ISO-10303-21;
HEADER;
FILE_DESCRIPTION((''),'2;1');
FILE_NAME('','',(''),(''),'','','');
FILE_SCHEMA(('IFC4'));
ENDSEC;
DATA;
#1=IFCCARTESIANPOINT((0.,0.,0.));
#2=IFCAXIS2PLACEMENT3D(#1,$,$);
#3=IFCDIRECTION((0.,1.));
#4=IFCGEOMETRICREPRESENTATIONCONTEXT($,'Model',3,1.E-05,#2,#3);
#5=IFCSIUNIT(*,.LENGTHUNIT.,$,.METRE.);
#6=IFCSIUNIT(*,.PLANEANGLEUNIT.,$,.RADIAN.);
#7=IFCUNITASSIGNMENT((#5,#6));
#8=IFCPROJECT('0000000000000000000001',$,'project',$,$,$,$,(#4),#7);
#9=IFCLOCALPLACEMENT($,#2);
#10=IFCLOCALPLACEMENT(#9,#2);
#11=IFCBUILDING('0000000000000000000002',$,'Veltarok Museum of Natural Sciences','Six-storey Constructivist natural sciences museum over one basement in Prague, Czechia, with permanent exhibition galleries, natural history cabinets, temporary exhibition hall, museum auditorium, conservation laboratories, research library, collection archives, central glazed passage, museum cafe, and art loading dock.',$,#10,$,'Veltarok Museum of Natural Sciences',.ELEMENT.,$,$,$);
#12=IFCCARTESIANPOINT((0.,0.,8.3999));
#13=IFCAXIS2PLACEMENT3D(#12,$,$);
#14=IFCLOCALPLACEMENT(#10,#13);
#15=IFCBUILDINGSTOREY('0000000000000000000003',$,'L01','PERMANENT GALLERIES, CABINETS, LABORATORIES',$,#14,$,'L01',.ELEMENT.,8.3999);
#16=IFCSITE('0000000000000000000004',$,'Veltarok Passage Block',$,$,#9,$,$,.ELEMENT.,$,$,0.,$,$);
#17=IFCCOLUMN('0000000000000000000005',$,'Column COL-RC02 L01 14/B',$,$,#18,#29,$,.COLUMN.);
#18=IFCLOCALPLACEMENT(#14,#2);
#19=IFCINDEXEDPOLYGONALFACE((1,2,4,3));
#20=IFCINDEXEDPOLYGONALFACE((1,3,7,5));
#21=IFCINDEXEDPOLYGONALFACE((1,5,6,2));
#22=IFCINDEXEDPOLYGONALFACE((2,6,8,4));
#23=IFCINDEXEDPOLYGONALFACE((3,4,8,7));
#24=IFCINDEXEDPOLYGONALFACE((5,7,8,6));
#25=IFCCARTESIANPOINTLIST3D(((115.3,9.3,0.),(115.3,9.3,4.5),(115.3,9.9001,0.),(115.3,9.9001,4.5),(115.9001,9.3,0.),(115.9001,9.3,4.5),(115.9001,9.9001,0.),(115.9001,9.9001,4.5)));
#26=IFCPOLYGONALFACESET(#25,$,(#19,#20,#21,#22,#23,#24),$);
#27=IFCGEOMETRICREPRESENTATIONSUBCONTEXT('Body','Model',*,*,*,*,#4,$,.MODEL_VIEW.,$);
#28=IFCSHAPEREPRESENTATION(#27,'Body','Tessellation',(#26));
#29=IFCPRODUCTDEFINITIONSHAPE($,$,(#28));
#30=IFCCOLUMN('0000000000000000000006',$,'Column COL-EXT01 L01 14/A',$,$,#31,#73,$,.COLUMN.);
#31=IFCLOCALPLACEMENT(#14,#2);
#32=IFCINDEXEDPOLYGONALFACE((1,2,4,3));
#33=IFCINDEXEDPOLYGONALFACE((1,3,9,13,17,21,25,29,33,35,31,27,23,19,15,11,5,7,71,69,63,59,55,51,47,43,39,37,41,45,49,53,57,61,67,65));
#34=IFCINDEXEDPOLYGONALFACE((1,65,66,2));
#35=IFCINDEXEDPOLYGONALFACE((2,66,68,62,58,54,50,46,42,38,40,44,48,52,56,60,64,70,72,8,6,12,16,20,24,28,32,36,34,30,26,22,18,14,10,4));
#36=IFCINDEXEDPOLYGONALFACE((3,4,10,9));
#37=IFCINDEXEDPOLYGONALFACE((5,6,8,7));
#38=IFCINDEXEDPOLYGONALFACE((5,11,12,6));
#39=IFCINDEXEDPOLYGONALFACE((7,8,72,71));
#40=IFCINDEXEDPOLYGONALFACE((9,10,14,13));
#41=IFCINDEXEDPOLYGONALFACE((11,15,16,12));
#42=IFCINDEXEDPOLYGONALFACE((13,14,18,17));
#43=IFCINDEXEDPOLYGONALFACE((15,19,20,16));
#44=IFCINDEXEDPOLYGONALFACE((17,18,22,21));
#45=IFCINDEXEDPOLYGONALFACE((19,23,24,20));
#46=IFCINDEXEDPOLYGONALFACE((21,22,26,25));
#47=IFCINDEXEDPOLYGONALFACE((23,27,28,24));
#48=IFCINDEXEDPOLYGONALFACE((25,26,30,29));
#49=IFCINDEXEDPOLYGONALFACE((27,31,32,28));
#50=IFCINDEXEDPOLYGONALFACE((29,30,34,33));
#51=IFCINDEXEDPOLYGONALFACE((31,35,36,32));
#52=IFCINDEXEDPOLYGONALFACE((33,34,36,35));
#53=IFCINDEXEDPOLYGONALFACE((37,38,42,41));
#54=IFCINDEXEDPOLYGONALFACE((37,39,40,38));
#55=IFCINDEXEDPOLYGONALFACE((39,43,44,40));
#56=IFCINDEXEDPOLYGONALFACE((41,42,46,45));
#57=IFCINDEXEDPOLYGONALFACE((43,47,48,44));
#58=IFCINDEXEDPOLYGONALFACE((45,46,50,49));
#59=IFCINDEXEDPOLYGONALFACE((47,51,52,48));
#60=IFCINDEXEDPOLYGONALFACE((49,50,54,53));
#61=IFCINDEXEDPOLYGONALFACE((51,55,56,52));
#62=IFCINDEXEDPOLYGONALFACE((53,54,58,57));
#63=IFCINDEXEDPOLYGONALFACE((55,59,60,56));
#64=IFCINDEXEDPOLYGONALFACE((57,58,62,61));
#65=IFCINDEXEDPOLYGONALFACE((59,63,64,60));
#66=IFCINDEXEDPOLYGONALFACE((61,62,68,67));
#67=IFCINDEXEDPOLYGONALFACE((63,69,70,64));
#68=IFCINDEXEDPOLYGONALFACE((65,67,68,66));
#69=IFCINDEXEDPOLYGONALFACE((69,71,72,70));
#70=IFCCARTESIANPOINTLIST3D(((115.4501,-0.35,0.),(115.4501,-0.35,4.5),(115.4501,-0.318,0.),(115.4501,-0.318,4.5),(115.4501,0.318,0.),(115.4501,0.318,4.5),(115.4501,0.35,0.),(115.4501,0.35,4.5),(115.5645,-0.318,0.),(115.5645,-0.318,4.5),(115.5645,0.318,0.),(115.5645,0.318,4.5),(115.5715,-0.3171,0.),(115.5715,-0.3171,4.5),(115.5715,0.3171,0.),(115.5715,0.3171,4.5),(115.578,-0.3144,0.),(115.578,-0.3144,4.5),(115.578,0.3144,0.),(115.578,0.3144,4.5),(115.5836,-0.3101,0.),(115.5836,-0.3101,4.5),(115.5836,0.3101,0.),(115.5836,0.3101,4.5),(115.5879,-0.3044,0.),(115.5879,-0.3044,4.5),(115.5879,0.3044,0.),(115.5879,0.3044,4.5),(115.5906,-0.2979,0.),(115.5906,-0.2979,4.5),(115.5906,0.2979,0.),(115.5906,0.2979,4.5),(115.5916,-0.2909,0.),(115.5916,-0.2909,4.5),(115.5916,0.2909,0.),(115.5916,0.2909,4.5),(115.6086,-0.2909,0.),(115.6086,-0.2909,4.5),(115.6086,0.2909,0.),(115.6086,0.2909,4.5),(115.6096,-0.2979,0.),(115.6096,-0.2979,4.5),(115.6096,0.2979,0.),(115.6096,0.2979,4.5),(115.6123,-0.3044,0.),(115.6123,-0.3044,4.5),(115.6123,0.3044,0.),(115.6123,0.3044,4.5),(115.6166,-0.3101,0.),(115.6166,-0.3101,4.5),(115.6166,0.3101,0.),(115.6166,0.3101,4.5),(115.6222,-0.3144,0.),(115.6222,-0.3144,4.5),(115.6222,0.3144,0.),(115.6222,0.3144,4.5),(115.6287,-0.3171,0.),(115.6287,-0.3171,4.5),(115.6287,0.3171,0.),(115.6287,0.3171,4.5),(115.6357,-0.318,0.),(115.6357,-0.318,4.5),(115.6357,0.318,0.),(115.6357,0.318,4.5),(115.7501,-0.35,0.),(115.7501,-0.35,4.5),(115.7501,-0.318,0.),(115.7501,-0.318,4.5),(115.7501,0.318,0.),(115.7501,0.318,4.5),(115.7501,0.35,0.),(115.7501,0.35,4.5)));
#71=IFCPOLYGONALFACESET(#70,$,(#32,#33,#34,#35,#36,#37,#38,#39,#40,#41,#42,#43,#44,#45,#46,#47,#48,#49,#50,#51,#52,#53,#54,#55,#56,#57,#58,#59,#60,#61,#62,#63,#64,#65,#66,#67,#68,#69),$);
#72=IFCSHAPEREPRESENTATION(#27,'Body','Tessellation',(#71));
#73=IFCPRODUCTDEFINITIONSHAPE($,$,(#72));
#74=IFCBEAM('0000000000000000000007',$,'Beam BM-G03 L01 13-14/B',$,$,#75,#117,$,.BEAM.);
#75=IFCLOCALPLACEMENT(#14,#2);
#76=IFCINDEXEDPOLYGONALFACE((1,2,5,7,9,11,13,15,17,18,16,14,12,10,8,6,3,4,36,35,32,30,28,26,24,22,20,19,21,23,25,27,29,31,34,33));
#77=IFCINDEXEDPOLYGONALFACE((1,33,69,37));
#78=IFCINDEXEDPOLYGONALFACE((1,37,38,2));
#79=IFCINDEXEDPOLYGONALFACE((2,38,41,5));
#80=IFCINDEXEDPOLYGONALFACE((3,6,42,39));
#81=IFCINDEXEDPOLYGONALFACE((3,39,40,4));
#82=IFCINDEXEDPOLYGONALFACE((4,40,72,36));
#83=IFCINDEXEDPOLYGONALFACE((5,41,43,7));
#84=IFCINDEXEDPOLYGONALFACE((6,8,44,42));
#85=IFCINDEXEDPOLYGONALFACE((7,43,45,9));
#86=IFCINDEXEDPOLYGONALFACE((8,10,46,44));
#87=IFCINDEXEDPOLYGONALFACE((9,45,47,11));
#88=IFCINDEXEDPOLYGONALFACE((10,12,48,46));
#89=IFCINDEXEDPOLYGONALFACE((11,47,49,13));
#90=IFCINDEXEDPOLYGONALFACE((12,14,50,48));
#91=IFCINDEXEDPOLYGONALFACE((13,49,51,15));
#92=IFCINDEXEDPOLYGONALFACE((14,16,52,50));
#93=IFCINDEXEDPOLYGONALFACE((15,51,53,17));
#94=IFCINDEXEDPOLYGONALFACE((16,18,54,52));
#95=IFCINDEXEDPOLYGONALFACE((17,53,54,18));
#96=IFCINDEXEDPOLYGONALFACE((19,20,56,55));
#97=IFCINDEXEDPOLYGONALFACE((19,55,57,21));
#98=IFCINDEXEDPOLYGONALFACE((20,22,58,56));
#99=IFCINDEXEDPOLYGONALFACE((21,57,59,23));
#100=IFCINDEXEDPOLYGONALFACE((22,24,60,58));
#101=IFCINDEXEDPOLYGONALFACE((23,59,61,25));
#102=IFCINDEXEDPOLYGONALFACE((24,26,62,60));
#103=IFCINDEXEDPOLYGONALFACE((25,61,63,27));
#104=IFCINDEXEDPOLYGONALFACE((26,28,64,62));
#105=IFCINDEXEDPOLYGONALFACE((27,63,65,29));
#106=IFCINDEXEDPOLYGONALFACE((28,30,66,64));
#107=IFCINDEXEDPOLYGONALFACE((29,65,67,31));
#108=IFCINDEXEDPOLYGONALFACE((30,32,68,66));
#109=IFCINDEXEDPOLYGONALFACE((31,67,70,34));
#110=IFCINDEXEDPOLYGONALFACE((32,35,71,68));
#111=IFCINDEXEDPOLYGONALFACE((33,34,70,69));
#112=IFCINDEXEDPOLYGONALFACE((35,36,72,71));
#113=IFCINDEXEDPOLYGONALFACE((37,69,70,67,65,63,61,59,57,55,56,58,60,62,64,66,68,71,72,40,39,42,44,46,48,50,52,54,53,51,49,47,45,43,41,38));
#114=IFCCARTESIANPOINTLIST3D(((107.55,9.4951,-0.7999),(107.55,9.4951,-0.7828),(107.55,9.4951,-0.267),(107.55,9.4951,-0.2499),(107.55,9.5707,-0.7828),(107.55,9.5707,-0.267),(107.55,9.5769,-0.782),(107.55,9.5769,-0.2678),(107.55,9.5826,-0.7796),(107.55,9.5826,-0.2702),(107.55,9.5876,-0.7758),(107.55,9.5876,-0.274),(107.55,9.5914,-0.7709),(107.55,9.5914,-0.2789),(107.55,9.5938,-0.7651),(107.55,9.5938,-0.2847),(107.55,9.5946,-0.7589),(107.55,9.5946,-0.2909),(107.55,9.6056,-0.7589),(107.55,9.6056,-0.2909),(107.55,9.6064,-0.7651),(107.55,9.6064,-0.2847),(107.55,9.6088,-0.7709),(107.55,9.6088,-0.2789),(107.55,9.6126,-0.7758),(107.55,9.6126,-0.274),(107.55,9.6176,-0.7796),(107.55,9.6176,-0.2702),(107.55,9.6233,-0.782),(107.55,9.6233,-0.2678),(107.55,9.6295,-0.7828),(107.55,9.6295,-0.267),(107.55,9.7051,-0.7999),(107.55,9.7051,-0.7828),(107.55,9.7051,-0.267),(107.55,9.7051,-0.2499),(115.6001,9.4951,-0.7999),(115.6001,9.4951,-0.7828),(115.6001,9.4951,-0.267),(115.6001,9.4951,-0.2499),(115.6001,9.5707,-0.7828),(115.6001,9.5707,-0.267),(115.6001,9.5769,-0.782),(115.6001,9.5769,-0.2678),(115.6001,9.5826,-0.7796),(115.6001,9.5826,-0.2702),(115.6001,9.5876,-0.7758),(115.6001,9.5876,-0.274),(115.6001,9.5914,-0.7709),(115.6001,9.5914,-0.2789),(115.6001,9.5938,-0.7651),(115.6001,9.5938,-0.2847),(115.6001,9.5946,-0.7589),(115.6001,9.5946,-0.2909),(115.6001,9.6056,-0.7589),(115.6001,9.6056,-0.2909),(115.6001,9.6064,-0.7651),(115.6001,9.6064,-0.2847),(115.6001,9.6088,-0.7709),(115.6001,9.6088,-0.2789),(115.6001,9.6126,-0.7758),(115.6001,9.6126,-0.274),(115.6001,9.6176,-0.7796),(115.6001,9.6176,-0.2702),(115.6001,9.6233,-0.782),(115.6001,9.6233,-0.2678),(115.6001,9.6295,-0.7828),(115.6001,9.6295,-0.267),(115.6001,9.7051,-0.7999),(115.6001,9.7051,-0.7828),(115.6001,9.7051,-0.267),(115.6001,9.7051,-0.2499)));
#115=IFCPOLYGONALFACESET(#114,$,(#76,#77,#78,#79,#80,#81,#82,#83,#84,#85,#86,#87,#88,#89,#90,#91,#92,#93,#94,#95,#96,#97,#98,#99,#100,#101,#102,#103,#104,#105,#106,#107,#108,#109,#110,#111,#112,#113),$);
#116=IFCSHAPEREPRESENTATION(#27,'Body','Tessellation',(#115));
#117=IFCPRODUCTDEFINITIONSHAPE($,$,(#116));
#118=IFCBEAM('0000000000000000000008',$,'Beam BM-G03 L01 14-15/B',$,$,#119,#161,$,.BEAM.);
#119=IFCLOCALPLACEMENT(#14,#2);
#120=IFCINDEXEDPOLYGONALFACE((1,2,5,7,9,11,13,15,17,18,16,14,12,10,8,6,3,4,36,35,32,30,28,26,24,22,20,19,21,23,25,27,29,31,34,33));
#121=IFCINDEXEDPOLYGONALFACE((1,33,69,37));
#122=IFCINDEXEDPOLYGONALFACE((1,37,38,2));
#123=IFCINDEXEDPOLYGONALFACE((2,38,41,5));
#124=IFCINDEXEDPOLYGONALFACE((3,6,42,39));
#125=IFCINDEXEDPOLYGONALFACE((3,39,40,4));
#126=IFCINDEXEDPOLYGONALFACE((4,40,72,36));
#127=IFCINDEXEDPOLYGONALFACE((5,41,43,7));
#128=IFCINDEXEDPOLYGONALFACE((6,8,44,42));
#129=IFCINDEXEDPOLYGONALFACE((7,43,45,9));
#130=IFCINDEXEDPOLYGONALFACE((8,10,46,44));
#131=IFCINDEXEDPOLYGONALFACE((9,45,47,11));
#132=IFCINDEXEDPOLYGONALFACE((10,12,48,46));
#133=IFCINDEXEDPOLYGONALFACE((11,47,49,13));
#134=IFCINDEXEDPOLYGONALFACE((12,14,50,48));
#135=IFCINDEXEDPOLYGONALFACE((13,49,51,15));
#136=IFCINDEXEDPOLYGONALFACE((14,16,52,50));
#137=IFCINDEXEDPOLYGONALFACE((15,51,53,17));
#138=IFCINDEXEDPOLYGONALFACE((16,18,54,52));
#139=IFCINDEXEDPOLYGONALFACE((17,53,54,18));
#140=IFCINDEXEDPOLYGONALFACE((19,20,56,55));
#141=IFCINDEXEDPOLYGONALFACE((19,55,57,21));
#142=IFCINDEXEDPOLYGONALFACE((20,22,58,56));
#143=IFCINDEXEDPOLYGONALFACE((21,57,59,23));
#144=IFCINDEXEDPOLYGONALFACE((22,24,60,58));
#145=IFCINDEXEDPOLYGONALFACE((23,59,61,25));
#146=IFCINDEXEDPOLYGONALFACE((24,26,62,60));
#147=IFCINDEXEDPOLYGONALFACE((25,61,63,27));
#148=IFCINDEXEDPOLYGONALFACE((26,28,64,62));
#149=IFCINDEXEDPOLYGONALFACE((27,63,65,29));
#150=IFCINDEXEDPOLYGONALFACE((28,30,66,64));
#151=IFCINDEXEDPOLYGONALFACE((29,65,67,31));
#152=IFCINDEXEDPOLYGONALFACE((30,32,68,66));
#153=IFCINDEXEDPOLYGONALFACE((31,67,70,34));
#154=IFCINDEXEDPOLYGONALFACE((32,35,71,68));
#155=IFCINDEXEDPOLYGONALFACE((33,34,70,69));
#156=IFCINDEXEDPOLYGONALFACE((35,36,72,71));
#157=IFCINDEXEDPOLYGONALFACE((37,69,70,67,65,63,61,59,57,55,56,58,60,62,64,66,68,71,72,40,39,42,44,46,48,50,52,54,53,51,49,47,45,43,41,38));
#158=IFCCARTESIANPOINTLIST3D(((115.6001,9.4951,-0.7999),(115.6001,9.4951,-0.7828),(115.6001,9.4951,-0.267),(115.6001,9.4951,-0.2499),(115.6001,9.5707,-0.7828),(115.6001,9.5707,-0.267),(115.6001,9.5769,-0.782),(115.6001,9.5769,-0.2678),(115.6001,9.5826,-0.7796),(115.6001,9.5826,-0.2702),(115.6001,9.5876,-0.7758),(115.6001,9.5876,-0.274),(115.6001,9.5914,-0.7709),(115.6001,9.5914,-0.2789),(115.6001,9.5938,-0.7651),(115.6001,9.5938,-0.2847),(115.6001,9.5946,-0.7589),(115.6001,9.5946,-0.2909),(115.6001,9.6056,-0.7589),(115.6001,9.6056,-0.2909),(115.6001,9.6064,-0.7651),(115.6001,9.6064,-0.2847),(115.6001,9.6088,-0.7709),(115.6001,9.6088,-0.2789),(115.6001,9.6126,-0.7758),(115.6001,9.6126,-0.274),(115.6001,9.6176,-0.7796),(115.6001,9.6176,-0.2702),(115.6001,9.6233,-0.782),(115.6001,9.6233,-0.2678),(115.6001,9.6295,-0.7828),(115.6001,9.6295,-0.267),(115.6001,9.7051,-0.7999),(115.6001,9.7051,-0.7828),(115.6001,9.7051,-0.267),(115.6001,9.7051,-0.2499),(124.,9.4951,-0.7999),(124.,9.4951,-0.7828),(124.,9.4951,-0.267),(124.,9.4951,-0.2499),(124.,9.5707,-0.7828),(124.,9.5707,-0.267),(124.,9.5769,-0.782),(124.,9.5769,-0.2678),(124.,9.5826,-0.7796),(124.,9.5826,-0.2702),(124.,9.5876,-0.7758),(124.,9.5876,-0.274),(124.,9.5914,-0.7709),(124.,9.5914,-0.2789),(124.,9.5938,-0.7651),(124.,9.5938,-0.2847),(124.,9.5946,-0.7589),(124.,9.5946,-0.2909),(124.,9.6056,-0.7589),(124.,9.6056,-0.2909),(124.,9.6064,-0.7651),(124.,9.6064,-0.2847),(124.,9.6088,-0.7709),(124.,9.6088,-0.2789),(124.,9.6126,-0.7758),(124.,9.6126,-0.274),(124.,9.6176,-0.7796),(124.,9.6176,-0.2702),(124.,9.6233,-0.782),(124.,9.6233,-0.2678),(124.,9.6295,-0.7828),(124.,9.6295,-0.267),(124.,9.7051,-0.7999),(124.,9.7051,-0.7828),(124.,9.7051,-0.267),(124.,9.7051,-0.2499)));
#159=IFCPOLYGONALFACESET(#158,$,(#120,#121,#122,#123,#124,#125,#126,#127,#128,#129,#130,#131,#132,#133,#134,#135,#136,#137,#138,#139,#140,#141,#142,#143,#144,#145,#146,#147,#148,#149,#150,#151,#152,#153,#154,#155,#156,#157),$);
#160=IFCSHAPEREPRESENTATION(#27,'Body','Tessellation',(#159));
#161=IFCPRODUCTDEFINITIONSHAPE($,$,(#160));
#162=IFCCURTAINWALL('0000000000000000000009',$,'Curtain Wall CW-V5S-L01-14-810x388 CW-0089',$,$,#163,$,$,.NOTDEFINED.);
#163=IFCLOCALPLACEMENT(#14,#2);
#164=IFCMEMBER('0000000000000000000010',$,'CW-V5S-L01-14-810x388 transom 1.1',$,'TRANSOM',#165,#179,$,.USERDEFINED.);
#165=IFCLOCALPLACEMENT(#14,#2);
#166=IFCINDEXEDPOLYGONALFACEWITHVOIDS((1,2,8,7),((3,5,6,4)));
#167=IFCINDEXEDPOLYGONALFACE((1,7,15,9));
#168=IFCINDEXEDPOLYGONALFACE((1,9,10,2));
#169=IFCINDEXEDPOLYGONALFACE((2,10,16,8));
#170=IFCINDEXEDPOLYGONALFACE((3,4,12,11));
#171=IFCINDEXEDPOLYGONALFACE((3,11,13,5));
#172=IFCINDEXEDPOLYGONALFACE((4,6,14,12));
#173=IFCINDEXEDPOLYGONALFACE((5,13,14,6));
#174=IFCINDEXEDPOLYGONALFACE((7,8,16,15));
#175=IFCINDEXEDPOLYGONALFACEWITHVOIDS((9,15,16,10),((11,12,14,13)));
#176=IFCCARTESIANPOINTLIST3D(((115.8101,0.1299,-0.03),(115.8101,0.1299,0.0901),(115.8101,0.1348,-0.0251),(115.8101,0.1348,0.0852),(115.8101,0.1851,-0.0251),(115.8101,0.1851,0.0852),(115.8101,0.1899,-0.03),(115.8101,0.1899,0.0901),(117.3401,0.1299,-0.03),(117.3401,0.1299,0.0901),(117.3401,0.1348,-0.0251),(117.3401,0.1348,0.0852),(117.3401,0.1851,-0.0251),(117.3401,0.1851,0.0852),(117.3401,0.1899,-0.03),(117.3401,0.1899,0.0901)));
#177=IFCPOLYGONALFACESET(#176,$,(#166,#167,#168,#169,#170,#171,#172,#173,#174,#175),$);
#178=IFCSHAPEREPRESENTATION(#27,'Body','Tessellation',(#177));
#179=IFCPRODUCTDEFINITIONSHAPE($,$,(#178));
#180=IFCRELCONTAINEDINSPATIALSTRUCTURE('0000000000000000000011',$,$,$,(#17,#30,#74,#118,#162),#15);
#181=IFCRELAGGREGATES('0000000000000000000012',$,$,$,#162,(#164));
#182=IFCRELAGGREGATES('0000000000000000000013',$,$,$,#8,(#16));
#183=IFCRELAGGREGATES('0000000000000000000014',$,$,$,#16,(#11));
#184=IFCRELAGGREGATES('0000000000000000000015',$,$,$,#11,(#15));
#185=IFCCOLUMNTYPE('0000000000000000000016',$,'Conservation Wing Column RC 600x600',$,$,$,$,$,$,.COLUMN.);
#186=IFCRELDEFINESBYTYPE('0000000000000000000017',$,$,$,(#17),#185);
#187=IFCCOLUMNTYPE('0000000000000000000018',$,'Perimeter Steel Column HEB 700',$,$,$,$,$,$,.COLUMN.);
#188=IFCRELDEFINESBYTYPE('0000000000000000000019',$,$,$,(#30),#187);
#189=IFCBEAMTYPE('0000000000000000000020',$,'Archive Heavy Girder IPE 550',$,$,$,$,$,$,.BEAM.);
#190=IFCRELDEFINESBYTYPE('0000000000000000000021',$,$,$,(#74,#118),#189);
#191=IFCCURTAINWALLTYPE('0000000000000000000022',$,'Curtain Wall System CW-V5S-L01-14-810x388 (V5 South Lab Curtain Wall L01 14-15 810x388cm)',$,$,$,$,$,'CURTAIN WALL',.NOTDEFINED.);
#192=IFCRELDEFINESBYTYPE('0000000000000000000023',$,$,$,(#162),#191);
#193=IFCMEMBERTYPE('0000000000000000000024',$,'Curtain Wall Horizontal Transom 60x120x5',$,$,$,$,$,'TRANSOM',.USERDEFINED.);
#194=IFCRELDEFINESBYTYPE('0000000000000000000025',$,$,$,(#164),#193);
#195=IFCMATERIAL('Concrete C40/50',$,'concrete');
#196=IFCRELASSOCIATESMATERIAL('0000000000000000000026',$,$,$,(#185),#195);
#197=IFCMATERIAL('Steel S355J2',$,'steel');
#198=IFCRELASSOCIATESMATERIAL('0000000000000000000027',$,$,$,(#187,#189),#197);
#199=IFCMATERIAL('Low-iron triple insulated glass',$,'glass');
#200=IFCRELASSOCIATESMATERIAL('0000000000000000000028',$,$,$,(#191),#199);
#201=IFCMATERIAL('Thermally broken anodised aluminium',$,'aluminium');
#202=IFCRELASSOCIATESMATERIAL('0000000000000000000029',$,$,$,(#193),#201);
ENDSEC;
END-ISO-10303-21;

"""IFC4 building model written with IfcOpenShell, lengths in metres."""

from ifc_helpers import new_model, si_unit, direction, frame, origin, origin_2d, place, context, subcontext, project, spatial, rectangle, hollow_rectangle, i_section, extrude, material, material_profile, profile_set, type_object, element, aggregate, save


model = new_model("IFC4")

# Units and contexts
model_context = context("Model", 3, precision=1e-05, world=origin(), true_north=direction((0.0, 1.0)))
body_context = subcontext(model_context, "Body", "Model", "MODEL_VIEW")
ifc_project = project(units=[si_unit("LENGTHUNIT", "METRE"), si_unit("PLANEANGLEUNIT", "RADIAN")], contexts=[model_context])

# Site, building, storey
site_placement = place(None, origin())
site = spatial("IfcSite", under=ifc_project, at=site_placement, Name="Veltarok Passage Block", CompositionType="ELEMENT", RefElevation=0.0)
building_placement = place(site_placement, origin())
building = spatial("IfcBuilding", under=site, at=building_placement, Name="Veltarok Museum of Natural Sciences", Description="Six-storey Constructivist natural sciences museum over one basement in Prague, Czechia, with permanent exhibition galleries, natural history cabinets, temporary exhibition hall, museum auditorium, conservation laboratories, research library, collection archives, central glazed passage, museum cafe, and art loading dock.", LongName="Veltarok Museum of Natural Sciences", CompositionType="ELEMENT")
storey_placement = place(building_placement, frame((0.0, 0.0, 8.3999)))
storey = spatial("IfcBuildingStorey", under=building, at=storey_placement, Name="L01", Description="PERMANENT GALLERIES, CABINETS, LABORATORIES", LongName="L01", CompositionType="ELEMENT", Elevation=8.3999)

# Columns
ifc_material_1 = material(Name="Concrete C40/50", Category="concrete")
ifc_material_profile_1 = material_profile(ifc_material_1, rectangle(XDim=0.6001, YDim=0.6001, at=origin_2d()), Name="RC 600x600")
ifc_profile_set_1 = profile_set([ifc_material_profile_1], Name="Concrete C40/50")
column_type_1 = type_object("IfcColumnType", Name="Conservation Wing Column RC 600x600", PredefinedType="COLUMN", material=ifc_profile_set_1)
column_1_placement = place(storey_placement, frame((115.6001, 9.6001, 0.0), z_axis=(0.0, 0.0, 1.0), x_axis=(1.0, 0.0, 0.0)))
element("IfcColumn", 1, at=column_1_placement, inside=storey, type_object=column_type_1, Name="Column COL-RC02 L01 14/B", PredefinedType="COLUMN", context=body_context, shape_type="SweptSolid", body=[
    extrude(rectangle(XDim=0.6001, YDim=0.6001, at=origin_2d()), origin(), (0.0, 0.0, 1.0), 4.5),
])
ifc_material_2 = material(Name="Steel S355J2", Category="steel")
ifc_material_profile_2 = material_profile(ifc_material_2, i_section(OverallWidth=0.3, OverallDepth=0.7, WebThickness=0.0171, FlangeThickness=0.032, FilletRadius=0.0271, at=origin_2d()), Name="HEB 700")
ifc_profile_set_2 = profile_set([ifc_material_profile_2], Name="Steel S355J2")
column_type_2 = type_object("IfcColumnType", Name="Perimeter Steel Column HEB 700", PredefinedType="COLUMN", material=ifc_profile_set_2)
column_2_placement = place(storey_placement, frame((115.6001, 0.0, 0.0), z_axis=(0.0, 0.0, 1.0), x_axis=(1.0, 0.0, 0.0)))
element("IfcColumn", 2, at=column_2_placement, inside=storey, type_object=column_type_2, Name="Column COL-EXT01 L01 14/A", PredefinedType="COLUMN", context=body_context, shape_type="SweptSolid", body=[
    extrude(i_section(OverallWidth=0.3, OverallDepth=0.7, WebThickness=0.0171, FlangeThickness=0.032, FilletRadius=0.0271, at=origin_2d()), origin(), (0.0, 0.0, 1.0), 4.5),
])

# Beams
ifc_material_profile_3 = material_profile(ifc_material_2, i_section(OverallWidth=0.21, OverallDepth=0.55, WebThickness=0.011, FlangeThickness=0.0171, FilletRadius=0.0239, at=origin_2d()), Name="IPE 550")
ifc_profile_set_3 = profile_set([ifc_material_profile_3], Name="Steel S355J2")
beam_type_1 = type_object("IfcBeamType", Name="Archive Heavy Girder IPE 550", PredefinedType="BEAM", material=ifc_profile_set_3)
beam_1_placement = place(storey_placement, frame((107.55, 9.6001, -0.5249), z_axis=(1.0, 0.0, 0.0), x_axis=(0.0, 1.0, 0.0)))
element("IfcBeam", 3, at=beam_1_placement, inside=storey, type_object=beam_type_1, Name="Beam BM-G03 L01 13-14/B", PredefinedType="BEAM", context=body_context, shape_type="SweptSolid", body=[
    extrude(i_section(OverallWidth=0.21, OverallDepth=0.55, WebThickness=0.011, FlangeThickness=0.0171, FilletRadius=0.0239, at=origin_2d()), origin(), (0.0, 0.0, 1.0), 8.05),
])
beam_2_placement = place(storey_placement, frame((115.6001, 9.6001, -0.5249), z_axis=(1.0, 0.0, 0.0), x_axis=(0.0, 1.0, 0.0)))
element("IfcBeam", 4, at=beam_2_placement, inside=storey, type_object=beam_type_1, Name="Beam BM-G03 L01 14-15/B", PredefinedType="BEAM", context=body_context, shape_type="SweptSolid", body=[
    extrude(i_section(OverallWidth=0.21, OverallDepth=0.55, WebThickness=0.011, FlangeThickness=0.0171, FilletRadius=0.0239, at=origin_2d()), origin(), (0.0, 0.0, 1.0), 8.3999),
])

# Curtain wall, member
ifc_material_3 = material(Name="Low-iron triple insulated glass", Category="glass")
curtain_wall_type = type_object("IfcCurtainWallType", Name="Curtain Wall System CW-V5S-L01-14-810x388 (V5 South Lab Curtain Wall L01 14-15 810x388cm)", ElementType="CURTAIN WALL", PredefinedType="NOTDEFINED", material=ifc_material_3)
curtain_wall_placement = place(storey_placement, origin())
curtain_wall = element("IfcCurtainWall", 5, at=curtain_wall_placement, inside=storey, type_object=curtain_wall_type, Name="Curtain Wall CW-V5S-L01-14-810x388 CW-0089", PredefinedType="NOTDEFINED")
ifc_material_4 = material(Name="Thermally broken anodised aluminium", Category="aluminium")
ifc_material_profile_4 = material_profile(ifc_material_4, hollow_rectangle(XDim=0.0601, YDim=0.1201, WallThickness=0.0049, at=origin_2d()), Name="CW TRANSOM 60x120x5")
ifc_profile_set_4 = profile_set([ifc_material_profile_4], Name="Thermally broken anodised aluminium")
member_type_1 = type_object("IfcMemberType", Name="Curtain Wall Horizontal Transom 60x120x5", ElementType="TRANSOM", PredefinedType="USERDEFINED", material=ifc_profile_set_4)
member_1_placement = place(storey_placement, frame((115.8101, 0.1599, 0.03), z_axis=(1.0, 0.0, 0.0), x_axis=(0.0, 1.0, 0.0)))
member_1 = element("IfcMember", 6, at=member_1_placement, type_object=member_type_1, Name="CW-V5S-L01-14-810x388 transom 1.1", ObjectType="TRANSOM", PredefinedType="USERDEFINED", context=body_context, shape_type="SweptSolid", body=[
    extrude(hollow_rectangle(XDim=0.0601, YDim=0.1201, WallThickness=0.0049, at=origin_2d()), origin(), (0.0, 0.0, 1.0), 1.53),
])
aggregate(curtain_wall, [member_1])

save(model, "model.ifc")
